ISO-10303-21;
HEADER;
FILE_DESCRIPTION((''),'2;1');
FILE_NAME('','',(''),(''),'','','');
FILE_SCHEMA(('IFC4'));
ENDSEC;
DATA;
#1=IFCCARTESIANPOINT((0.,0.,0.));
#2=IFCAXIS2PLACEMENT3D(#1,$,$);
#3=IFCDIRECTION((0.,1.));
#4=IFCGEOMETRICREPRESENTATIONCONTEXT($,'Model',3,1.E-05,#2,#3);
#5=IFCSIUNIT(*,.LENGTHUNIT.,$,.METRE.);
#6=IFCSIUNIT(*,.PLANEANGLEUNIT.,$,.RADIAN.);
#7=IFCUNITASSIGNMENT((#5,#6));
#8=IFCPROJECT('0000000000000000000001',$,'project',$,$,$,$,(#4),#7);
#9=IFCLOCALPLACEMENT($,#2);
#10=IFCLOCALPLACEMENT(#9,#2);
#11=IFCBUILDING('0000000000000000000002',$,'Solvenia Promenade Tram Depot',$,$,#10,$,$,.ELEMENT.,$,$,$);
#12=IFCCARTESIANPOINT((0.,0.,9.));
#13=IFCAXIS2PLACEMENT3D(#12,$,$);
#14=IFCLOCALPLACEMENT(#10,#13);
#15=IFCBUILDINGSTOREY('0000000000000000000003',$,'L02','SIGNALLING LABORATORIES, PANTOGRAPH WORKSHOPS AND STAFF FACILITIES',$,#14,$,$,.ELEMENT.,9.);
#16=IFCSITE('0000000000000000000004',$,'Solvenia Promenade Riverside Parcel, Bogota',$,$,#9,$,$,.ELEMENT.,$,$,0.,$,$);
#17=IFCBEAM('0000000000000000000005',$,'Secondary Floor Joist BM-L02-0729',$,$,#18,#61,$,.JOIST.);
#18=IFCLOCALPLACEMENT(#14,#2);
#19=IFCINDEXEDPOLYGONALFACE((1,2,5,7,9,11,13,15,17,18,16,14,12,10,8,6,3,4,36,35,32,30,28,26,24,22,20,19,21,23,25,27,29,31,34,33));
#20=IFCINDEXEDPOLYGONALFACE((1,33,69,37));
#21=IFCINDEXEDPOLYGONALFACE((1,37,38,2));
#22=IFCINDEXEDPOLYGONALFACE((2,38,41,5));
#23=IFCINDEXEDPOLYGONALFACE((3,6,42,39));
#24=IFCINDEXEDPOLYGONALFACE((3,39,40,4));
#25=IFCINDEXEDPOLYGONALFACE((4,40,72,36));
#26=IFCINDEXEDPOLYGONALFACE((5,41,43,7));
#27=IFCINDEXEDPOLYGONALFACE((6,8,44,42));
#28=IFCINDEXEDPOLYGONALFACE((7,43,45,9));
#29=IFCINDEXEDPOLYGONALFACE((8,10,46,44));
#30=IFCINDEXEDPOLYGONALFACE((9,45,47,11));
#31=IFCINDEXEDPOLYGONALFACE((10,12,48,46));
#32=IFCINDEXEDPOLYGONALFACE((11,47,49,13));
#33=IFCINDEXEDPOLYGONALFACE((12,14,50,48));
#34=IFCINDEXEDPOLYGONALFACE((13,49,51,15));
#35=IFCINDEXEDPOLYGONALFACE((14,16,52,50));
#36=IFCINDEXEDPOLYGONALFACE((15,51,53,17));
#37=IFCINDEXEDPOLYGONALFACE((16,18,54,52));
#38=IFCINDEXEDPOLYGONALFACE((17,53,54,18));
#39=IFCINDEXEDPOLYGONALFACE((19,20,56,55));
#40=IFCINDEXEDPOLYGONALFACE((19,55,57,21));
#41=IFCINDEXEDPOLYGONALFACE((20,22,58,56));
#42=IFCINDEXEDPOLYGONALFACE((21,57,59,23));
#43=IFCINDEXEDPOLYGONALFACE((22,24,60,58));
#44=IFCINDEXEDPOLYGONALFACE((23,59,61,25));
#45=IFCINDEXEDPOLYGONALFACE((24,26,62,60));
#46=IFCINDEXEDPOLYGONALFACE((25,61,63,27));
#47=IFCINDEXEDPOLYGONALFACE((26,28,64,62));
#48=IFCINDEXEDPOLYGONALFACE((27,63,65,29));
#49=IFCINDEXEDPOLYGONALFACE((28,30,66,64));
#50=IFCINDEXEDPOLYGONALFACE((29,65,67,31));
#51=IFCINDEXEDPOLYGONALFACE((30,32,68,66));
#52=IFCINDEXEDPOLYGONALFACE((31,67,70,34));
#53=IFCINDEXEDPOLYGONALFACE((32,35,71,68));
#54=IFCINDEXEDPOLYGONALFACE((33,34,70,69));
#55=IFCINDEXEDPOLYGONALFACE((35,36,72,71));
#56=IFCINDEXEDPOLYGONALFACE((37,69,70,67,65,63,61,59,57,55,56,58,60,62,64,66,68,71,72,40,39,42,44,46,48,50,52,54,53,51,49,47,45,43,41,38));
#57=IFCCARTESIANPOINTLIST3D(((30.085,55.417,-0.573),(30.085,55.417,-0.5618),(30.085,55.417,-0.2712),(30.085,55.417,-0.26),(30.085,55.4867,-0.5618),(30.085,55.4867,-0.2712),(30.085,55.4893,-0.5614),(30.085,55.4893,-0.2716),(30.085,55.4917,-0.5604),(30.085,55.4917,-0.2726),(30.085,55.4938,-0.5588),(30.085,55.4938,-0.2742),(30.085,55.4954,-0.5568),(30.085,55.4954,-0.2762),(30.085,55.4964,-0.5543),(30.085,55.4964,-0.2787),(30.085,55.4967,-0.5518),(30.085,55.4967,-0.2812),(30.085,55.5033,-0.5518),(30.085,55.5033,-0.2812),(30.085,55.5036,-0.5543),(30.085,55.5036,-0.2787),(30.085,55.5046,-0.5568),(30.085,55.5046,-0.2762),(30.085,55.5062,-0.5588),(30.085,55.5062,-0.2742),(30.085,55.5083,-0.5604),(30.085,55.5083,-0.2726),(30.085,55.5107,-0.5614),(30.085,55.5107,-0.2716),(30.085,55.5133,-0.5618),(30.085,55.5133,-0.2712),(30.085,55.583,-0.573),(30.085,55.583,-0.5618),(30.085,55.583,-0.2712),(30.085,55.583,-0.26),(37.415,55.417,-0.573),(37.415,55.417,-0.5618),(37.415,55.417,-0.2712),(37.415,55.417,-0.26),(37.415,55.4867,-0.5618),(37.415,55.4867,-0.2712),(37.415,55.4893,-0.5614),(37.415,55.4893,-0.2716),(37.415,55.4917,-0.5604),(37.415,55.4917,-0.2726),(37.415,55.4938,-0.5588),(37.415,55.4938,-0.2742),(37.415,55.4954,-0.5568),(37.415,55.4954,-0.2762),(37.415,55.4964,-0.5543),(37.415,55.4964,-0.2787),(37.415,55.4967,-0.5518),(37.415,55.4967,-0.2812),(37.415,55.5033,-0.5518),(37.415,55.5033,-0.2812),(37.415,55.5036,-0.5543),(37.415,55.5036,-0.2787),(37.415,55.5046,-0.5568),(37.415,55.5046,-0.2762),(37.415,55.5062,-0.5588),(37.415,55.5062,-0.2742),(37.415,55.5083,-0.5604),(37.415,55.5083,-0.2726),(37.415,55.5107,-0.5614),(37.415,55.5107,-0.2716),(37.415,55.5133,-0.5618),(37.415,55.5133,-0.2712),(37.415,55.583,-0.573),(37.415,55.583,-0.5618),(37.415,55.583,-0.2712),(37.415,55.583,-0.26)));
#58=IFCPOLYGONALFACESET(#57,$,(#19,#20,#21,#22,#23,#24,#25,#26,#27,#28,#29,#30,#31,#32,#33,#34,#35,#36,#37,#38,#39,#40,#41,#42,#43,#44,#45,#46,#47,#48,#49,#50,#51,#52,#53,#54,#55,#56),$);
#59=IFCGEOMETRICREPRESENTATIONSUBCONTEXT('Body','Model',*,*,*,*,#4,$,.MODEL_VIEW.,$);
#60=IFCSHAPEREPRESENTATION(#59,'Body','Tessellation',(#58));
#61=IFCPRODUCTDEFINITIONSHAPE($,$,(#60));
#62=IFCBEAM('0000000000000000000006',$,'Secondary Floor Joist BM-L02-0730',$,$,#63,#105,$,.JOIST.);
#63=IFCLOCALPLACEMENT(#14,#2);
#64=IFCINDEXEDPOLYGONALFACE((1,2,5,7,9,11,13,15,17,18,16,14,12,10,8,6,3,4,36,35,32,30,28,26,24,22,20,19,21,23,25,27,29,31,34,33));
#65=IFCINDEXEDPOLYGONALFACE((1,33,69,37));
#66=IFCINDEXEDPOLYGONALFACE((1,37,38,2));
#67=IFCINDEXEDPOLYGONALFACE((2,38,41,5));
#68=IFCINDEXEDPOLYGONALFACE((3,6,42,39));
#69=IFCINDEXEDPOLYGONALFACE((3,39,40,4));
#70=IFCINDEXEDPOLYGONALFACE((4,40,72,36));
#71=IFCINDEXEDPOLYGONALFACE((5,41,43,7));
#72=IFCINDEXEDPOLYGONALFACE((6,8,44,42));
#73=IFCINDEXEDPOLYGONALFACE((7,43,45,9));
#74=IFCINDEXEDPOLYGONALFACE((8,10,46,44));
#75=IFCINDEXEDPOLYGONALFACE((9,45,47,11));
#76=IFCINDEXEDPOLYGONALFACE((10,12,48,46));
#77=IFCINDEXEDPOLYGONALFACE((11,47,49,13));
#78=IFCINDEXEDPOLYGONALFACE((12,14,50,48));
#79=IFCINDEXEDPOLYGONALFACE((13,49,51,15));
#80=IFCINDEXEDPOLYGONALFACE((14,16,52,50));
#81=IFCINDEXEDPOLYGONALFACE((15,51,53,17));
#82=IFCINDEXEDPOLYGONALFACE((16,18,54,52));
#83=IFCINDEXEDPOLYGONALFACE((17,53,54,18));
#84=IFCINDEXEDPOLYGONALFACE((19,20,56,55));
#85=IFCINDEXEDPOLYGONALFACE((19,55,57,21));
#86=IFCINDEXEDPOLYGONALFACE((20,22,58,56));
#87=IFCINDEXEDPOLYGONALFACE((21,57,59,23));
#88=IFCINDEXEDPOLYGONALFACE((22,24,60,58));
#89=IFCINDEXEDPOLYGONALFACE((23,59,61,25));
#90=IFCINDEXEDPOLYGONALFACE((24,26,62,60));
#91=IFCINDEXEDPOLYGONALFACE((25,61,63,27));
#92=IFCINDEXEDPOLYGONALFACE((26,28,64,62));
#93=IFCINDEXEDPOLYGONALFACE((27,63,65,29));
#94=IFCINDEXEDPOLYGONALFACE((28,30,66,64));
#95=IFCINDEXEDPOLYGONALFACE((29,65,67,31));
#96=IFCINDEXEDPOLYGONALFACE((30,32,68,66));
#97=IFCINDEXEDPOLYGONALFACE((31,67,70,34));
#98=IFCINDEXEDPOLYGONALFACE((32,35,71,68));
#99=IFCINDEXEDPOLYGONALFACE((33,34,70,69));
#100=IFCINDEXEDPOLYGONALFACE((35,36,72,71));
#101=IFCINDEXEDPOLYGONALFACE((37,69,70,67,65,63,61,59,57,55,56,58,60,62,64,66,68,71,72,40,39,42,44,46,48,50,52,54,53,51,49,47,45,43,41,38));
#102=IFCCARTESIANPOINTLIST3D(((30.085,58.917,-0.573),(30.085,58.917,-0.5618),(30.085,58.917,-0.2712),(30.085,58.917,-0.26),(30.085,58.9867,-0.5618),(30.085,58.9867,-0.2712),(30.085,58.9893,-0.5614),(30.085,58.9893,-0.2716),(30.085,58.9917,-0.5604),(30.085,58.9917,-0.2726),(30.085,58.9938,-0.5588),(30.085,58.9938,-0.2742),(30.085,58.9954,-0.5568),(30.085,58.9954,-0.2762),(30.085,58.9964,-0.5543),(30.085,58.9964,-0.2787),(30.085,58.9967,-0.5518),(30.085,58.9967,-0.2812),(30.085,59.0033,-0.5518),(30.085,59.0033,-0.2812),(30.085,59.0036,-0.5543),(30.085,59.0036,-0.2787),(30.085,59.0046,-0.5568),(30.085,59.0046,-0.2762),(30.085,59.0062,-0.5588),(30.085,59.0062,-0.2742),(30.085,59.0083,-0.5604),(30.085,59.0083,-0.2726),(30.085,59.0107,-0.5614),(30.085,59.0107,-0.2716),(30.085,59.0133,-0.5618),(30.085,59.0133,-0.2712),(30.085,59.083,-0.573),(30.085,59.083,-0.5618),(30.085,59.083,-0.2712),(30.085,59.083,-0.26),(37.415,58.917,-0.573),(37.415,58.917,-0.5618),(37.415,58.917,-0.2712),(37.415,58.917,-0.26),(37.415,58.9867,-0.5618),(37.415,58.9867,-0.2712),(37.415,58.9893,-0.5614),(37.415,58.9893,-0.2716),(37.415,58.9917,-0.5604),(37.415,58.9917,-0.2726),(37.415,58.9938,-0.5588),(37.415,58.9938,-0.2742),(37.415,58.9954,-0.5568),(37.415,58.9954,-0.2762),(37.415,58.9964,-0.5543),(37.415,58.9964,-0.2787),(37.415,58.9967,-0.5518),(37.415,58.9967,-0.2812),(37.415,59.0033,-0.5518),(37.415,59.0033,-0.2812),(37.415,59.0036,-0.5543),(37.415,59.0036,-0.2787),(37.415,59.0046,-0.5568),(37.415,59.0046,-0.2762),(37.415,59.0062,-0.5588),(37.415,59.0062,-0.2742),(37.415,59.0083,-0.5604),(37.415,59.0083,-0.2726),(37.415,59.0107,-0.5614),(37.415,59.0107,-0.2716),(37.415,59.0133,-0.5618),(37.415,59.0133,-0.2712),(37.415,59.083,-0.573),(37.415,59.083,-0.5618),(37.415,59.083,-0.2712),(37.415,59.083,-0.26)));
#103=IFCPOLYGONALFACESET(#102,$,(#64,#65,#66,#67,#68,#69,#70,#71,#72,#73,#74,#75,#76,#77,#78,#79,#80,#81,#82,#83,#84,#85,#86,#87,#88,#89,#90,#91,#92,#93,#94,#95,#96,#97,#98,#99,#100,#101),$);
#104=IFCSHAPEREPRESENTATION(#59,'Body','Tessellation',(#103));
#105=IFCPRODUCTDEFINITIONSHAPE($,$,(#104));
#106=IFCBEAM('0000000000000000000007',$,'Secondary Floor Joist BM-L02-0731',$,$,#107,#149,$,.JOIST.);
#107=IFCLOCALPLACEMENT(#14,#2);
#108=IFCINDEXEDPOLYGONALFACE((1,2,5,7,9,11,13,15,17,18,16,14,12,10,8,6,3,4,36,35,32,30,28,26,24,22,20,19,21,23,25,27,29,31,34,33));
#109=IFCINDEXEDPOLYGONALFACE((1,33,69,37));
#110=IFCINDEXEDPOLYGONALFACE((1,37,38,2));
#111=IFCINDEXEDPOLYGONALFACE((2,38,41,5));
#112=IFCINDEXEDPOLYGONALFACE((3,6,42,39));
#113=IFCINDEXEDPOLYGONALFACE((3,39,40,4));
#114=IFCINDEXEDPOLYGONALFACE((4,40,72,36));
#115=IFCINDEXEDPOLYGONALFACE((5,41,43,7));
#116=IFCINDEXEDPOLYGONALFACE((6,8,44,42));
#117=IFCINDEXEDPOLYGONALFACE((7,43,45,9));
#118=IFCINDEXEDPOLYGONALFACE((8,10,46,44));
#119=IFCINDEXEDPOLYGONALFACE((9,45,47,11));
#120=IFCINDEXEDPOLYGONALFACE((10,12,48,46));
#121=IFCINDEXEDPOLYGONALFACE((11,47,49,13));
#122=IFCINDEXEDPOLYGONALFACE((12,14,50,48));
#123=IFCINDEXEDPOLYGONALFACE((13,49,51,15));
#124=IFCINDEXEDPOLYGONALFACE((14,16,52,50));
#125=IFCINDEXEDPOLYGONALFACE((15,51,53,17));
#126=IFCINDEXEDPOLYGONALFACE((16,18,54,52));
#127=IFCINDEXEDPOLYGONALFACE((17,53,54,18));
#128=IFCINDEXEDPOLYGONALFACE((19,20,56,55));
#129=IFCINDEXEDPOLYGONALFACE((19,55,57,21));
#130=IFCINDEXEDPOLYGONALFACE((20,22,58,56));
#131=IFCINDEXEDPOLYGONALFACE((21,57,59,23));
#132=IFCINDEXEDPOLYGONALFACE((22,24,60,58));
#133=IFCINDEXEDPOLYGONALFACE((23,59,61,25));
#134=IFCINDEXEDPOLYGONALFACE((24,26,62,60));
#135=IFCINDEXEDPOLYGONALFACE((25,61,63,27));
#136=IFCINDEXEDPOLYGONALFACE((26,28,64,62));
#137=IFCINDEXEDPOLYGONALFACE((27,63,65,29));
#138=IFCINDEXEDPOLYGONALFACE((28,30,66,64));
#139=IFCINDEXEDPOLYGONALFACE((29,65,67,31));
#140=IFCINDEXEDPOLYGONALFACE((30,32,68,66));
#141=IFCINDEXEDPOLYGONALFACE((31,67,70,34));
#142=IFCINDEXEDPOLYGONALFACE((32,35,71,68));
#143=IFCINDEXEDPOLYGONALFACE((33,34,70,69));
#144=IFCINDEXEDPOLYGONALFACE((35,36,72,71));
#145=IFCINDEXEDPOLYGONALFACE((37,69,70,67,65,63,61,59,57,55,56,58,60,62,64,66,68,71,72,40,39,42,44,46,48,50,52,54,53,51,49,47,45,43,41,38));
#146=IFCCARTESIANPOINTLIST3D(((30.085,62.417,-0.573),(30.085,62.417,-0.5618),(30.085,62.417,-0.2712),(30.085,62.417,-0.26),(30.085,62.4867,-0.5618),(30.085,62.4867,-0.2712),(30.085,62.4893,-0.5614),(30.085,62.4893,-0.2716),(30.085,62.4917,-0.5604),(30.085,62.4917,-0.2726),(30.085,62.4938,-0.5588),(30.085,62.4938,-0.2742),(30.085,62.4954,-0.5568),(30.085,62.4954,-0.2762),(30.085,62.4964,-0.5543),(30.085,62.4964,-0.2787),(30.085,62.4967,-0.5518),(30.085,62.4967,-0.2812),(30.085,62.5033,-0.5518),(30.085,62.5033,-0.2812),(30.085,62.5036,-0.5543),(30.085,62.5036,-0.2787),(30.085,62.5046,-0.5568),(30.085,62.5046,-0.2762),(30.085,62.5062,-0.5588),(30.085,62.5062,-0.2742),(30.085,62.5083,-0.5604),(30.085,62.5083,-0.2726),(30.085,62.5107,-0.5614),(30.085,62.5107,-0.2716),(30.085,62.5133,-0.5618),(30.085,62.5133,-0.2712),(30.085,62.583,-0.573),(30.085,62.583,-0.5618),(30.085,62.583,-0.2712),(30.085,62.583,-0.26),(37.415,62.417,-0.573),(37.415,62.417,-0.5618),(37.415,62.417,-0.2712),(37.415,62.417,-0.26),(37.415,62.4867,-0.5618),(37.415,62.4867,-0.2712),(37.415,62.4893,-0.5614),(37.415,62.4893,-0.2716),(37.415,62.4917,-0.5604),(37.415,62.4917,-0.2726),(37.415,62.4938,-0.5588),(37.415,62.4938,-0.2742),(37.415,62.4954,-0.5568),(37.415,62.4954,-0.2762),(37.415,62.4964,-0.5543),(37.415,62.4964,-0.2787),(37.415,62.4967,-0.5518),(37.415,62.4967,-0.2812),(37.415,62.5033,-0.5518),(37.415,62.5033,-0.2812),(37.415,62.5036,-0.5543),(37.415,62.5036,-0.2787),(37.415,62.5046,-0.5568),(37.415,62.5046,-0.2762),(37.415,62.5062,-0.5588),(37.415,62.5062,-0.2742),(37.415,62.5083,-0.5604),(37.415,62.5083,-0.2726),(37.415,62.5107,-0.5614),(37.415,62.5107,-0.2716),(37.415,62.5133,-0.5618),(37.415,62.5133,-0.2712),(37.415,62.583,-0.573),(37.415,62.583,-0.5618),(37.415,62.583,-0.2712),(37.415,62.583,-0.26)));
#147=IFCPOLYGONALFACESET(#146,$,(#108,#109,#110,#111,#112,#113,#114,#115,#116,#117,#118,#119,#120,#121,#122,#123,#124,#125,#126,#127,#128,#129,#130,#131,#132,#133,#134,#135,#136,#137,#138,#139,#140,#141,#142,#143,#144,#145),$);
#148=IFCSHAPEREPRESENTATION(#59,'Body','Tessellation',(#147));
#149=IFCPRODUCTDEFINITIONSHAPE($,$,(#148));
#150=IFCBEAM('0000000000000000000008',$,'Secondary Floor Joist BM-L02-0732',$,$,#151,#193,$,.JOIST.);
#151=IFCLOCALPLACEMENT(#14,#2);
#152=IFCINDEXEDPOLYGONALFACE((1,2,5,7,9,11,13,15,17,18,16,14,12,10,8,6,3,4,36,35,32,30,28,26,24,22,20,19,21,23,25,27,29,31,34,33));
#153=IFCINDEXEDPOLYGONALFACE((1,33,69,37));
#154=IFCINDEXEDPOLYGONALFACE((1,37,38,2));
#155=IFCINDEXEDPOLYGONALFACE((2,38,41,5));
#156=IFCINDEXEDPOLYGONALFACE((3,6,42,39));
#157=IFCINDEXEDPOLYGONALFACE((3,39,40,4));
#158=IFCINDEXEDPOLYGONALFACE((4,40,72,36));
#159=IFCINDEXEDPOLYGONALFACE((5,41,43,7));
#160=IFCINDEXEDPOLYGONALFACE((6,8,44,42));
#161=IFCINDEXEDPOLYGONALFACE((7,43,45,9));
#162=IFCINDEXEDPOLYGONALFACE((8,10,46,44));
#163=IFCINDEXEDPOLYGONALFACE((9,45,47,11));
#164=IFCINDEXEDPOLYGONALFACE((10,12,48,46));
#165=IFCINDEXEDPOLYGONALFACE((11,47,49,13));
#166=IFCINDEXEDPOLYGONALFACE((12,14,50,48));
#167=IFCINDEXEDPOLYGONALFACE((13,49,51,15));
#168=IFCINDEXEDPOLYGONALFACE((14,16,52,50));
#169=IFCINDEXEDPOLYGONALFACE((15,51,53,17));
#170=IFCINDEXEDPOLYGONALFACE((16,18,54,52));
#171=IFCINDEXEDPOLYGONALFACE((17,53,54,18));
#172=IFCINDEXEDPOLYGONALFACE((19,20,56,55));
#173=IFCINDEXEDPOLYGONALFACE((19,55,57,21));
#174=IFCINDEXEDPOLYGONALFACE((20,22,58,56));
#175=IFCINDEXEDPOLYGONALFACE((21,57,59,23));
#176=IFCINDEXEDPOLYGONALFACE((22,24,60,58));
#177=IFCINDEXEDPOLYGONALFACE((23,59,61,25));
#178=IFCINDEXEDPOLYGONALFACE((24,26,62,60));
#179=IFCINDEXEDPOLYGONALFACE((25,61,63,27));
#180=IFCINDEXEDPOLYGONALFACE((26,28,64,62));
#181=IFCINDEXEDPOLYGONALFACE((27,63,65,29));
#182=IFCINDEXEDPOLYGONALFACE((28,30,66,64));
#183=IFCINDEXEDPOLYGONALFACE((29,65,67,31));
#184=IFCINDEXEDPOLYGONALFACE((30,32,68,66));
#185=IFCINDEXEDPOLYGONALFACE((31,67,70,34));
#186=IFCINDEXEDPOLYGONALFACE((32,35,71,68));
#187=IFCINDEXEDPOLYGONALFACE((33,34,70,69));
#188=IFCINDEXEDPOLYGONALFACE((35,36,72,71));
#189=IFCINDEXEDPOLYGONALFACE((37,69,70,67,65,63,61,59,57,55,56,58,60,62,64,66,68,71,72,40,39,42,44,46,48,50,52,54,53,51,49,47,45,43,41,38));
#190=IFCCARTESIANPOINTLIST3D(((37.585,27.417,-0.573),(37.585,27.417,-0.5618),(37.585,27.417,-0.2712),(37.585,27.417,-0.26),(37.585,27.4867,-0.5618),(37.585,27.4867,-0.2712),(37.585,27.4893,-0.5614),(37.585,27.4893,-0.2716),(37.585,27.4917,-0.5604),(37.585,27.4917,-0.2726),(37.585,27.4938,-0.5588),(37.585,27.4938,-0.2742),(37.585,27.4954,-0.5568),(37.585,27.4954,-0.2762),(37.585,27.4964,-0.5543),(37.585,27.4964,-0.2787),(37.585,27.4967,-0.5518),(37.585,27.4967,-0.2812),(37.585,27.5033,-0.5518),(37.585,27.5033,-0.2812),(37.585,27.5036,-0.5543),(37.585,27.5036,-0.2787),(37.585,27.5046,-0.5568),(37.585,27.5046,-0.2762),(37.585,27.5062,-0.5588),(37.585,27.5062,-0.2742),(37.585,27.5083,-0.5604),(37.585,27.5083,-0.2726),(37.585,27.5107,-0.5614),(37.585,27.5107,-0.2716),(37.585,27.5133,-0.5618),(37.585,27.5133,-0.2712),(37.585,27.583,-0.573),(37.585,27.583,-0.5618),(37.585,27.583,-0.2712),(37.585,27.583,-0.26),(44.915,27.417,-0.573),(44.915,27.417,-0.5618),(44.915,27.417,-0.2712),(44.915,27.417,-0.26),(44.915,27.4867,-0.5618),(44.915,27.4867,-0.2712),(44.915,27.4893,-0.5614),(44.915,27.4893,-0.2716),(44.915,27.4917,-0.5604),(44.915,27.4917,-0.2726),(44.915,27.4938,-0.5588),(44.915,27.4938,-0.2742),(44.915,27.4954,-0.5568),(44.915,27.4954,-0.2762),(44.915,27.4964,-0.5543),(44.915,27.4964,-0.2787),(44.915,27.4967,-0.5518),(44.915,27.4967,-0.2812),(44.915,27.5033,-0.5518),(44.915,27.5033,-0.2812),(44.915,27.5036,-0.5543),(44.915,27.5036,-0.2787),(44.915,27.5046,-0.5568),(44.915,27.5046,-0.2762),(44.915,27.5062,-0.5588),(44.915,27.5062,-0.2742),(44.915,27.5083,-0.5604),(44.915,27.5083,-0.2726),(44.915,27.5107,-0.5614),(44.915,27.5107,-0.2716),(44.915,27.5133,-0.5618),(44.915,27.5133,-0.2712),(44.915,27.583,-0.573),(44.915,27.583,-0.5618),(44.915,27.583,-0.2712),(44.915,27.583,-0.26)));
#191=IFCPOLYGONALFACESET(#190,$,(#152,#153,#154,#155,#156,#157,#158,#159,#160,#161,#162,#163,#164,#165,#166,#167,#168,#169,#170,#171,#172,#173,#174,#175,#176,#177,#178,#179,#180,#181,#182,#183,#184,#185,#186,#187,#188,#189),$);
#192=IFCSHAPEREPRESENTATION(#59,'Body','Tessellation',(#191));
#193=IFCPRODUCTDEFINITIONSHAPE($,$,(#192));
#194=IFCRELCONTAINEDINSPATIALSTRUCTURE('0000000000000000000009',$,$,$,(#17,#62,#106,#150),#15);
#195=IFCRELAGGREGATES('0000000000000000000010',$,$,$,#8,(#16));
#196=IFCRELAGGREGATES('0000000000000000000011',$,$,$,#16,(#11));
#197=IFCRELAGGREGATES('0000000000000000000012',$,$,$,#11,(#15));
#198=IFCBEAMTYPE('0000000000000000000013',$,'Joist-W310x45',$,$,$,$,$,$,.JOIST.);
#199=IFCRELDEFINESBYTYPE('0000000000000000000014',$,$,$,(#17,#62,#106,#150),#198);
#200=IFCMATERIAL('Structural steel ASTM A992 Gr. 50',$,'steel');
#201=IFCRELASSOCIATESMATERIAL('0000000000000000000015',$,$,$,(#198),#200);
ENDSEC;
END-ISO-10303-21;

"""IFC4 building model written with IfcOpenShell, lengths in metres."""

from ifc_helpers import new_model, si_unit, direction, frame, origin, origin_2d, place, context, subcontext, project, spatial, i_section, extrude, material, material_profile, profile_set, type_object, element, save


model = new_model("IFC4")

# Units and contexts
model_context = context("Model", 3, precision=1e-05, world=origin(), true_north=direction((0.0, 1.0)))
body_context = subcontext(model_context, "Body", "Model", "MODEL_VIEW")
ifc_project = project(units=[si_unit("LENGTHUNIT", "METRE"), si_unit("PLANEANGLEUNIT", "RADIAN")], contexts=[model_context])

# Site, building, storey
site_placement = place(None, origin())
site = spatial("IfcSite", under=ifc_project, at=site_placement, Name="Solvenia Promenade Riverside Parcel, Bogota", CompositionType="ELEMENT", RefElevation=0.0)
building_placement = place(site_placement, origin())
building = spatial("IfcBuilding", under=site, at=building_placement, Name="Solvenia Promenade Tram Depot", CompositionType="ELEMENT")
storey_placement = place(building_placement, frame((0.0, 0.0, 9.0)))
storey = spatial("IfcBuildingStorey", under=building, at=storey_placement, Name="L02", Description="SIGNALLING LABORATORIES, PANTOGRAPH WORKSHOPS AND STAFF FACILITIES", CompositionType="ELEMENT", Elevation=9.0)

# Beams
ifc_material_1 = material(Name="Structural steel ASTM A992 Gr. 50", Category="steel")
ifc_material_profile_1 = material_profile(ifc_material_1, i_section(OverallWidth=0.166, OverallDepth=0.313, WebThickness=0.0066, FlangeThickness=0.0112, FilletRadius=0.01, at=origin_2d()), Name="W310x45", Category="steel")
ifc_profile_set_1 = profile_set([ifc_material_profile_1], Name="Structural steel ASTM A992 Gr. 50")
beam_type_1 = type_object("IfcBeamType", Name="Joist-W310x45", PredefinedType="JOIST", material=ifc_profile_set_1)
for number, where, z_axis, x_axis, name in (
    (1, (30.085, 55.5, -0.4165), (1.0, 0.0, 0.0), (0.0, 1.0, 0.0), "Secondary Floor Joist BM-L02-0729"),
    (2, (30.085, 59.0, -0.4165), (1.0, 0.0, 0.0), (0.0, 1.0, 0.0), "Secondary Floor Joist BM-L02-0730"),
    (3, (30.085, 62.5, -0.4165), (1.0, 0.0, 0.0), (0.0, 1.0, 0.0), "Secondary Floor Joist BM-L02-0731"),
    (4, (37.585, 27.5, -0.4165), (1.0, 0.0, 0.0), (0.0, 1.0, 0.0), "Secondary Floor Joist BM-L02-0732"),
):
    element("IfcBeam", number, at=place(storey_placement, frame(where, z_axis=z_axis, x_axis=x_axis)), inside=storey, type_object=beam_type_1, Name=name, PredefinedType="JOIST", context=body_context, shape_type="SweptSolid", body=[
        extrude(i_section(OverallWidth=0.166, OverallDepth=0.313, WebThickness=0.0066, FlangeThickness=0.0112, FilletRadius=0.01, at=origin_2d()), origin(), (0.0, 0.0, 1.0), 7.3301),
    ])

save(model, "model.ifc")
